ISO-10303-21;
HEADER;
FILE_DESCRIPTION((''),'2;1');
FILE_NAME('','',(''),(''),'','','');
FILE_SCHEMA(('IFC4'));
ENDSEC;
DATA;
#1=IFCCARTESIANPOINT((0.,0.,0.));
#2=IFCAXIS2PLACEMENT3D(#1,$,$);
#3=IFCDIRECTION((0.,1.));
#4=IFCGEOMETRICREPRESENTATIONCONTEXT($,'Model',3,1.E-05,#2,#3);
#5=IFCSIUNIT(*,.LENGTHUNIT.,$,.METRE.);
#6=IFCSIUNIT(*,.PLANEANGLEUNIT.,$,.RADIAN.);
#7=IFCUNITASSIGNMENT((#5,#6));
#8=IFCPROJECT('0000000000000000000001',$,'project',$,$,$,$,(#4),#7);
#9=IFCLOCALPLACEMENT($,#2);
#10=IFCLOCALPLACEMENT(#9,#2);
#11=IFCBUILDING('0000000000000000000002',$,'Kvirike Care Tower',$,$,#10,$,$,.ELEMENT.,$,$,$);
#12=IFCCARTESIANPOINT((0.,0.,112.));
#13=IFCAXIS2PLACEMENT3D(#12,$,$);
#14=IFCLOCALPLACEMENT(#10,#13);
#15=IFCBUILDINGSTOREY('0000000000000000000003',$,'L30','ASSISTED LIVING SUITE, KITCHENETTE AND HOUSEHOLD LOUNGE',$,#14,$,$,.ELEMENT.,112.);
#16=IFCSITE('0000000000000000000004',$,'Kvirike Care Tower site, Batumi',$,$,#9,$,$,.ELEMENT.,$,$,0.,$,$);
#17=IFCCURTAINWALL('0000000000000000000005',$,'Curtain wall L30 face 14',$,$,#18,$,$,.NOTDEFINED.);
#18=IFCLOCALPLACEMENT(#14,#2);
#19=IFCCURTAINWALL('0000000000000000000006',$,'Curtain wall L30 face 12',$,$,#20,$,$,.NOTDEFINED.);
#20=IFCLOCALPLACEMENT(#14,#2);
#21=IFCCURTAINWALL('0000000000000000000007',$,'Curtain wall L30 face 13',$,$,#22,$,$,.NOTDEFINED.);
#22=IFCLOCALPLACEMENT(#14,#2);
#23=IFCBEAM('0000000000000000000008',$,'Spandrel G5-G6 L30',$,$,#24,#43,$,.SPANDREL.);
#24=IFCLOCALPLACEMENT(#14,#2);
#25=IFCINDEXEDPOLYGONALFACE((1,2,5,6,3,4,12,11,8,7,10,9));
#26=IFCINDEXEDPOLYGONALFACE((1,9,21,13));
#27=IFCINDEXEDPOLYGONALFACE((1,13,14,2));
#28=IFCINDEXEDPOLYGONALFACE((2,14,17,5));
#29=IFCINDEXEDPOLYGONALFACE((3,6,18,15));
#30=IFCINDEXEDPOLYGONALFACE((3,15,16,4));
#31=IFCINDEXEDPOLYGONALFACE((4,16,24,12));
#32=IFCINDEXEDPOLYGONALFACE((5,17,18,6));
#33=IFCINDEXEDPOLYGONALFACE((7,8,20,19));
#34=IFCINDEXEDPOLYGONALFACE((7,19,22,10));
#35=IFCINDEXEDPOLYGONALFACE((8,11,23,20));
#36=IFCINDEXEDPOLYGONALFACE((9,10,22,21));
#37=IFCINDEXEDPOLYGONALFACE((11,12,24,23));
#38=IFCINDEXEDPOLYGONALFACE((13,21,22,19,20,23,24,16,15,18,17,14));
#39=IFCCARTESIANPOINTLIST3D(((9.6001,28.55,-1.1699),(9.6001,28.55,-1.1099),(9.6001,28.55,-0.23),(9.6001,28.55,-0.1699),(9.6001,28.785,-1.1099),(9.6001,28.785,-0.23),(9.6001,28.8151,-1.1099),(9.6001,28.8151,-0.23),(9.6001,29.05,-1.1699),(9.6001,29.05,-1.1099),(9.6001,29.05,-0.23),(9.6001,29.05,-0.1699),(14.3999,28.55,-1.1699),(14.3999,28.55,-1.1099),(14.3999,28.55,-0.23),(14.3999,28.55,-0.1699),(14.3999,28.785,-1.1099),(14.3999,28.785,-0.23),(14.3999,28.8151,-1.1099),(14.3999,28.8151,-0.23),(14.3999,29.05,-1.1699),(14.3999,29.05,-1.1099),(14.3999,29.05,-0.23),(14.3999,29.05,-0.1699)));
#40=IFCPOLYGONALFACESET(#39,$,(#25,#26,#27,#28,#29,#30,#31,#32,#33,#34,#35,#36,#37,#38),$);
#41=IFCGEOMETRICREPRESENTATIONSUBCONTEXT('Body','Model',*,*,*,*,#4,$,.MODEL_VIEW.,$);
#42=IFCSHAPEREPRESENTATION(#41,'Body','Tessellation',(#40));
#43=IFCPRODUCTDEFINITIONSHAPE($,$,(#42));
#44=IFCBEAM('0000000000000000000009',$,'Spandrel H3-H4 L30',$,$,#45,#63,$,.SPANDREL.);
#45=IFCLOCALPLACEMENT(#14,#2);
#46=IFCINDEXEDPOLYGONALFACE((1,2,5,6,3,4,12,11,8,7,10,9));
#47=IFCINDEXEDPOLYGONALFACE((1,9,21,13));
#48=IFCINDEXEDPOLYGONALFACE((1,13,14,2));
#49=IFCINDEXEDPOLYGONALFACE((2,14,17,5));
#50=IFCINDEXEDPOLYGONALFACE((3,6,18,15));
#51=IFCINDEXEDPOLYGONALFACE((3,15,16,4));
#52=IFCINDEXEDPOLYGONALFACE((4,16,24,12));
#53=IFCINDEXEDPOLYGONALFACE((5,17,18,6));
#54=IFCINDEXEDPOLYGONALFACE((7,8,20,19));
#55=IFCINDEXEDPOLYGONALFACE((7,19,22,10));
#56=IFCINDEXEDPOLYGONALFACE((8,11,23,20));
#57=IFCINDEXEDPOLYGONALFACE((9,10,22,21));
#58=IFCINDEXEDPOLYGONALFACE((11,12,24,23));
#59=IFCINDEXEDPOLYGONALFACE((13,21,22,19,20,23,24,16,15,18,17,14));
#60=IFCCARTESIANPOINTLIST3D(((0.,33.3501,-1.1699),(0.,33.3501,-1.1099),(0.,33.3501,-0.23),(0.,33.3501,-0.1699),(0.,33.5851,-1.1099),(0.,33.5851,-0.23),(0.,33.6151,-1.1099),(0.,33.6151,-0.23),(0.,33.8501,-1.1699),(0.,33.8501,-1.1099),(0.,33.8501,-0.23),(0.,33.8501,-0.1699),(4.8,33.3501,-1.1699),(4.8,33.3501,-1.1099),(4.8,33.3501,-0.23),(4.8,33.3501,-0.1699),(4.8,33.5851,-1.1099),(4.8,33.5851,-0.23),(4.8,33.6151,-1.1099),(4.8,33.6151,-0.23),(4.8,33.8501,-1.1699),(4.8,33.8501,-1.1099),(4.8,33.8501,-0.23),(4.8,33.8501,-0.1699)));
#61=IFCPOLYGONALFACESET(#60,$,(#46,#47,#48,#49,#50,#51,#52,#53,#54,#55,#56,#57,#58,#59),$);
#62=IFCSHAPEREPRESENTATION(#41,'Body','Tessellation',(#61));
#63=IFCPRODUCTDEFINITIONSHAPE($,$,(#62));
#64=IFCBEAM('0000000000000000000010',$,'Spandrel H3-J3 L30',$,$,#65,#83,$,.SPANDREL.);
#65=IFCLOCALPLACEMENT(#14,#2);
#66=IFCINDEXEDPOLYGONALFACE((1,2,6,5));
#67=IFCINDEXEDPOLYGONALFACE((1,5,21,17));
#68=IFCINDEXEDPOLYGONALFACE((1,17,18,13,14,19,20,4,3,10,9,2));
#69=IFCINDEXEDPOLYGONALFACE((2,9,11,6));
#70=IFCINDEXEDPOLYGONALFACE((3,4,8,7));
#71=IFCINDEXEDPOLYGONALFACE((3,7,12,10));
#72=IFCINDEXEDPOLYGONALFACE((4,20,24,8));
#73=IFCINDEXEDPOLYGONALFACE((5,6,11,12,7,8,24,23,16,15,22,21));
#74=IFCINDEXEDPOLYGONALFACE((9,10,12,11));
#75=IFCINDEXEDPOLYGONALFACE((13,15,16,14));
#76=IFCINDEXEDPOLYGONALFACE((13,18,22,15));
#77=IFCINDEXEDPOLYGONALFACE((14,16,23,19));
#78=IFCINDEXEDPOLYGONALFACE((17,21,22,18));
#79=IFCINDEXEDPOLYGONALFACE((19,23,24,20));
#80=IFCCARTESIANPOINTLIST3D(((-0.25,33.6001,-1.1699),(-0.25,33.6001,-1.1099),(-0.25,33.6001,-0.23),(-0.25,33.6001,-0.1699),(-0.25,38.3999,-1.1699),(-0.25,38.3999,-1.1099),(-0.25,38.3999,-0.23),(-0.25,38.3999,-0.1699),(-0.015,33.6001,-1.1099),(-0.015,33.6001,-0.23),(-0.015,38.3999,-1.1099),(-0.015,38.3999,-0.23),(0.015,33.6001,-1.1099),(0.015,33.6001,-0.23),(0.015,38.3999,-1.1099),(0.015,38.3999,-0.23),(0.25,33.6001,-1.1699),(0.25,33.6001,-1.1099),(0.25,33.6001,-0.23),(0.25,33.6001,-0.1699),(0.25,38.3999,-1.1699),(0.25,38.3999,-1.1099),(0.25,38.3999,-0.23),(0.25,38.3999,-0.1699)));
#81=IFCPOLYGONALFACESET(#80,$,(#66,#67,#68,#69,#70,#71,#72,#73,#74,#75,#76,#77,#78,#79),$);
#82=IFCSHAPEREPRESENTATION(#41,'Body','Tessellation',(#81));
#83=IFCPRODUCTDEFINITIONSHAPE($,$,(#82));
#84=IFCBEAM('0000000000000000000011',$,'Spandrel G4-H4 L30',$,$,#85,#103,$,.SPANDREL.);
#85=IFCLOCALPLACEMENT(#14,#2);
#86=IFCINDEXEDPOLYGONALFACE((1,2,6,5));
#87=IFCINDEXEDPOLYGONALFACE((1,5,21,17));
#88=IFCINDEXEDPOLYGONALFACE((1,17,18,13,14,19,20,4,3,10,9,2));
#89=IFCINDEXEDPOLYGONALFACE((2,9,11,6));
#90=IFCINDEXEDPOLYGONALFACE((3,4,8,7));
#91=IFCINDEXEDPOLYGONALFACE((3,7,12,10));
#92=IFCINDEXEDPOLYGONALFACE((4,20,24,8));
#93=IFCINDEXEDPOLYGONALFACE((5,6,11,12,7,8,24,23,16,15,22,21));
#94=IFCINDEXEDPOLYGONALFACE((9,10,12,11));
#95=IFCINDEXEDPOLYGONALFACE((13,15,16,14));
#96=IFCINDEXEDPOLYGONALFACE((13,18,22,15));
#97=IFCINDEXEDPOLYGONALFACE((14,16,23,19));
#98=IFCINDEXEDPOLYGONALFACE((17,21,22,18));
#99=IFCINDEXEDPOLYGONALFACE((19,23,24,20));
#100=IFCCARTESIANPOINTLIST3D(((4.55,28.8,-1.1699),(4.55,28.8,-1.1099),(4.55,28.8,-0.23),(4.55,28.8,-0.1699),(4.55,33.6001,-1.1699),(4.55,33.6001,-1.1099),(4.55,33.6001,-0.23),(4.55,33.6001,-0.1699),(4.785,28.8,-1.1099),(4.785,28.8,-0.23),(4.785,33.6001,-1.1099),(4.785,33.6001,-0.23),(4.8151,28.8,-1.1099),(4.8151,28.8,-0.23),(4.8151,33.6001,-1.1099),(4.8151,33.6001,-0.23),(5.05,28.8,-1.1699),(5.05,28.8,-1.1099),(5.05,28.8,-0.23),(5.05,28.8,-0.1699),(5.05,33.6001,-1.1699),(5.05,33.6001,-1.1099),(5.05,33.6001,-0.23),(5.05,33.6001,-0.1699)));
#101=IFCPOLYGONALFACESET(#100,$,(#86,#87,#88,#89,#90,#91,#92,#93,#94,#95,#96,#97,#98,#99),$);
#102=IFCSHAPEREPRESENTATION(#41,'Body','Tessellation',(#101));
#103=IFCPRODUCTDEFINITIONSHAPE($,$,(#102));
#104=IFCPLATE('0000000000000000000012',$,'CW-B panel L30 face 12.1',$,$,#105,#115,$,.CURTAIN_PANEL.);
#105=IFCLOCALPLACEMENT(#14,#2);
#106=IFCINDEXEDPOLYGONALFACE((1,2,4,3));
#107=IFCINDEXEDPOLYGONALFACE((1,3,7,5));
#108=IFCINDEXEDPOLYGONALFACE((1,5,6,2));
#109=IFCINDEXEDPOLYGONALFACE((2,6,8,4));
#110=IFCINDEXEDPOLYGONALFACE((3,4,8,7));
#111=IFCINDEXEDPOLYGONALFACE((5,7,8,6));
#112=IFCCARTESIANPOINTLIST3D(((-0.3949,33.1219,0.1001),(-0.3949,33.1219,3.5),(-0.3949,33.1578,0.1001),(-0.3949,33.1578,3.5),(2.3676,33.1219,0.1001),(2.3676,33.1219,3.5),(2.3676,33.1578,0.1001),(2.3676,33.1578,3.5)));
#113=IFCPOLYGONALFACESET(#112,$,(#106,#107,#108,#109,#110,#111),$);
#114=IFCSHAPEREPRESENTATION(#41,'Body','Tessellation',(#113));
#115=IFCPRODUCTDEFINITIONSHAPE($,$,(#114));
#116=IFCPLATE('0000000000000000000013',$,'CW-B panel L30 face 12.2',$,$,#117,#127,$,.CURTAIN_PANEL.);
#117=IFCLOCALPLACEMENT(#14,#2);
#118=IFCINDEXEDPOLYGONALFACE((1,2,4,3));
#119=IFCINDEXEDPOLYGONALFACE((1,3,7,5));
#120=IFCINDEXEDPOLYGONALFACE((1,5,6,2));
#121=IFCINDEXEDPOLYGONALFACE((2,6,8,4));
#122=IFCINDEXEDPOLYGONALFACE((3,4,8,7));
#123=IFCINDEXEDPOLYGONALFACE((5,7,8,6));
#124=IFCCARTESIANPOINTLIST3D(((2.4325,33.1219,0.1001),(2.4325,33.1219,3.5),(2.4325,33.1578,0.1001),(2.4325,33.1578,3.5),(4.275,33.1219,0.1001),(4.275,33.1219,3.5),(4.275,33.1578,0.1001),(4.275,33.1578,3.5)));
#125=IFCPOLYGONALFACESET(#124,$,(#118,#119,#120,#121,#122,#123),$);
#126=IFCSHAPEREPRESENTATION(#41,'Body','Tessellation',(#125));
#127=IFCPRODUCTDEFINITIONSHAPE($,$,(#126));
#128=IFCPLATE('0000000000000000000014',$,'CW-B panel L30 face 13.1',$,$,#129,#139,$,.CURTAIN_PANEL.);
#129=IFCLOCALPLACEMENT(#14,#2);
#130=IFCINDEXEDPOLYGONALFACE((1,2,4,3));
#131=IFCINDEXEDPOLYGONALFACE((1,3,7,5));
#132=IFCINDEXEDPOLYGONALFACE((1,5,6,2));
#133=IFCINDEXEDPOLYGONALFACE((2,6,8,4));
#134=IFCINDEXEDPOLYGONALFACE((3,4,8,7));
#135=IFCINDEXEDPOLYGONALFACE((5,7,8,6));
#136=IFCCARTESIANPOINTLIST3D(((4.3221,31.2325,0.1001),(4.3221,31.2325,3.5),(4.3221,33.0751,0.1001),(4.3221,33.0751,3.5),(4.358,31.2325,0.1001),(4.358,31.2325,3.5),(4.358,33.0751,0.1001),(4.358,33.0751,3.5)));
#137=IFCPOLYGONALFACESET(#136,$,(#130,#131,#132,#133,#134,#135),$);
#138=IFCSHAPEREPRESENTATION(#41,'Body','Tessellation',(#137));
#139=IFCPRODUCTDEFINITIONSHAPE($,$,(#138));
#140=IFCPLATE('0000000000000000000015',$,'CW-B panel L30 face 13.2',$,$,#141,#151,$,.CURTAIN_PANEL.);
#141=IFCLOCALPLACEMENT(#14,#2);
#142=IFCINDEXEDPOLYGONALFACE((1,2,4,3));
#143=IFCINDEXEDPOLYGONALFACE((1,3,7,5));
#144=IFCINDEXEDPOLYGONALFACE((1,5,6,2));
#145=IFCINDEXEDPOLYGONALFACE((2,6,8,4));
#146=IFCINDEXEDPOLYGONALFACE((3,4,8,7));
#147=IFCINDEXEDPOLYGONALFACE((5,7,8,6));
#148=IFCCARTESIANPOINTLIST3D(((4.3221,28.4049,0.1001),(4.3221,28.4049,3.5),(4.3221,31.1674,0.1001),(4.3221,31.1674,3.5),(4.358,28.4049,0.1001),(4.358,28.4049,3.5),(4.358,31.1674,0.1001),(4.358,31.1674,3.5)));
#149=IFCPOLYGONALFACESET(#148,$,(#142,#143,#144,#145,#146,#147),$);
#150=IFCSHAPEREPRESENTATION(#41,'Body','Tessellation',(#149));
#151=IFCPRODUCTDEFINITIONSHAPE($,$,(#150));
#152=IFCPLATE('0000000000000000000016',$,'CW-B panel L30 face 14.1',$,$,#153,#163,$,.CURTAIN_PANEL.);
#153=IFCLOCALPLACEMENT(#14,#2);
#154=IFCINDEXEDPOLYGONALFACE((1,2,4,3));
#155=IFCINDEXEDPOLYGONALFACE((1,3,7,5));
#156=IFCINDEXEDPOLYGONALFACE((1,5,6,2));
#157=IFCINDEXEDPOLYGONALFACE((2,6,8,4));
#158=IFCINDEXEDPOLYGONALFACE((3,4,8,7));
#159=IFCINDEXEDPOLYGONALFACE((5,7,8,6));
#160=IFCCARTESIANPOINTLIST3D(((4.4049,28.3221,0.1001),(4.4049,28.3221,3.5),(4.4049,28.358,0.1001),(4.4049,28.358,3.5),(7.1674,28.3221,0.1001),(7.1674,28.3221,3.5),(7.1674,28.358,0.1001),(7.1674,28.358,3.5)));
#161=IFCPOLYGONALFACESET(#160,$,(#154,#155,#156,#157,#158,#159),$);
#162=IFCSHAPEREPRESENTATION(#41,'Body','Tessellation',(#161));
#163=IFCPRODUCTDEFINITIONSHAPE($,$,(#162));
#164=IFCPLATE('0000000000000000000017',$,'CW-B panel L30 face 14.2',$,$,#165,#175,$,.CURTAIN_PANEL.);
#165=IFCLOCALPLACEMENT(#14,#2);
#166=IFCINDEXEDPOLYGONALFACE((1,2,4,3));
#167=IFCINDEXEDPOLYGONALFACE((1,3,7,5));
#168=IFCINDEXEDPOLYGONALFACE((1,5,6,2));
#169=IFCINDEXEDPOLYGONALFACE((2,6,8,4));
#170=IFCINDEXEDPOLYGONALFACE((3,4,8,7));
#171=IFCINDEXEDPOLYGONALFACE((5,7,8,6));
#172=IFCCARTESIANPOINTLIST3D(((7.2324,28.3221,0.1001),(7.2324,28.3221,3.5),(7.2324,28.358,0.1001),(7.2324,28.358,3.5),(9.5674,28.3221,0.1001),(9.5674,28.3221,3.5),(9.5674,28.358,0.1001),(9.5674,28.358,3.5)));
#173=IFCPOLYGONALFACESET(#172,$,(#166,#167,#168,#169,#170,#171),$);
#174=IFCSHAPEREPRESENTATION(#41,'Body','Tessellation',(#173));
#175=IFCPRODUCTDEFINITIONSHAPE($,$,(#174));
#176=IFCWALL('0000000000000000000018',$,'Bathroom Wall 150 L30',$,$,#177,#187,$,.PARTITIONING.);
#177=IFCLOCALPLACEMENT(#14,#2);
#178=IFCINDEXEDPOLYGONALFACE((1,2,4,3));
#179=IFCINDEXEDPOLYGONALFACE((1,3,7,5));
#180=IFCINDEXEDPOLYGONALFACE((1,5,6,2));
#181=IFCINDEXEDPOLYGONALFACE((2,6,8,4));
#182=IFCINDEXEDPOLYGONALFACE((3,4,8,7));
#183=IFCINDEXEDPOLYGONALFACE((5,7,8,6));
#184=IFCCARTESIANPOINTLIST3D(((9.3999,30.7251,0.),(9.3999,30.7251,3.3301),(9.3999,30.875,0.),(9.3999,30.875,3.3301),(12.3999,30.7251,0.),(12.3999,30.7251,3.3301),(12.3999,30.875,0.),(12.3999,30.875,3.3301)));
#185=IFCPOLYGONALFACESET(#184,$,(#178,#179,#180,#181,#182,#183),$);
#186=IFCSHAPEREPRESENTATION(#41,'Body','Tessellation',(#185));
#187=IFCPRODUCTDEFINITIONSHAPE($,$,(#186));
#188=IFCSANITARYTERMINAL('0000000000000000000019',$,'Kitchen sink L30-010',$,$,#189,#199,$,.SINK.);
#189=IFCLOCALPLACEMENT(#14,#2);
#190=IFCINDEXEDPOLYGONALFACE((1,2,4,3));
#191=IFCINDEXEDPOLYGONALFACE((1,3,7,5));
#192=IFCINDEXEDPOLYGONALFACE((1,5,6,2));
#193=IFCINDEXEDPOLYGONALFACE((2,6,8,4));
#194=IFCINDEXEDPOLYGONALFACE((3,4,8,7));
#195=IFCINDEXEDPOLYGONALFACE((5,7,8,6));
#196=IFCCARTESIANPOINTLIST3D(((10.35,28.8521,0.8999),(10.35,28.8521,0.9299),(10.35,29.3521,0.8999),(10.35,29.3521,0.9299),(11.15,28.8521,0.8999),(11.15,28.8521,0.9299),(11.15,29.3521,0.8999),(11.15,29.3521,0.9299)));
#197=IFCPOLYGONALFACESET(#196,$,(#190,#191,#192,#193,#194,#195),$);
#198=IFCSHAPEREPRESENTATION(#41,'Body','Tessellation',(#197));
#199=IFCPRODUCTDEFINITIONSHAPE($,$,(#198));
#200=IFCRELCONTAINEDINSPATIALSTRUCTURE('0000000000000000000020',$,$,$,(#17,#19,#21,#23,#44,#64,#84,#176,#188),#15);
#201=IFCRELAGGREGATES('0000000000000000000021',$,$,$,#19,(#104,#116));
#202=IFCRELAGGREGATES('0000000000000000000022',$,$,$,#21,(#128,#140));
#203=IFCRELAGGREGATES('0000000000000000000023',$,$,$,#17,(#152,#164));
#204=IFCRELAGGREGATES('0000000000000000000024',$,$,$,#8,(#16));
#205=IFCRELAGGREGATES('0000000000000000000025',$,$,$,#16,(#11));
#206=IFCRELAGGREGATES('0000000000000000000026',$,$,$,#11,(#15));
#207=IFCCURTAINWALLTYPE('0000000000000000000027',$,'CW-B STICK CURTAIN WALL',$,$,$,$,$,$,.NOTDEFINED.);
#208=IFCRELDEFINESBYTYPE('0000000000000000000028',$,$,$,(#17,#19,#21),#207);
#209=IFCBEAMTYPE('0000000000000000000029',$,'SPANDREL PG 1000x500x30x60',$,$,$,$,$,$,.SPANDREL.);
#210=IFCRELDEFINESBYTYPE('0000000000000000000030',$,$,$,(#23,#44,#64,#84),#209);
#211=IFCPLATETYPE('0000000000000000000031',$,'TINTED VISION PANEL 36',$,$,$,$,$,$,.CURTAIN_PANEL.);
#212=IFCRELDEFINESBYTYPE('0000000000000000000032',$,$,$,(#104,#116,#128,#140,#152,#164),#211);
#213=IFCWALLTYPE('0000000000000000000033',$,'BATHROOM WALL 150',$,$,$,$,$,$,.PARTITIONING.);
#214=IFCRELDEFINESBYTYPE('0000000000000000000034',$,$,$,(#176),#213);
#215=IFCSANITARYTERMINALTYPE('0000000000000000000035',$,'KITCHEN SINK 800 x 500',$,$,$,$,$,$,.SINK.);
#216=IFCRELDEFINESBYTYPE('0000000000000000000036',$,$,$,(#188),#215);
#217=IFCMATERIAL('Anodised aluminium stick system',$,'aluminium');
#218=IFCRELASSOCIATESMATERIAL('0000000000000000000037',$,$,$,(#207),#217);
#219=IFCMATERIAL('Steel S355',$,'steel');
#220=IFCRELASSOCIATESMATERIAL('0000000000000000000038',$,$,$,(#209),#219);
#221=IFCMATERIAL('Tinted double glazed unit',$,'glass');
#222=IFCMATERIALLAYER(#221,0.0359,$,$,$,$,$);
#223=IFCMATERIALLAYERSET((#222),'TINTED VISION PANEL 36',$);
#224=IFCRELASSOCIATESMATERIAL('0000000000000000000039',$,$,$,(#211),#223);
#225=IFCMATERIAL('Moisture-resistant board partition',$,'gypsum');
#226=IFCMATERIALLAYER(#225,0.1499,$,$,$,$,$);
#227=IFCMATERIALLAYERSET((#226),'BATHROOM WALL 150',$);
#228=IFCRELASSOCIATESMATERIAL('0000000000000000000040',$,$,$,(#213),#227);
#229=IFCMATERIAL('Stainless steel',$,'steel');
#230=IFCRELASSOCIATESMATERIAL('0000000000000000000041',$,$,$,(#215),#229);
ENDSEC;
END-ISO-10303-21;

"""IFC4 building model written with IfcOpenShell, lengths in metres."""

from ifc_helpers import new_model, si_unit, direction, frame, frame_2d, origin, origin_2d, place, context, subcontext, project, spatial, rectangle, i_section, extrude, material, layer, layer_set, material_profile, profile_set, type_object, element, aggregate, save


model = new_model("IFC4")

# Units and contexts
model_context = context("Model", 3, precision=1e-05, world=origin(), true_north=direction((0.0, 1.0)))
body_context = subcontext(model_context, "Body", "Model", "MODEL_VIEW")
ifc_project = project(units=[si_unit("LENGTHUNIT", "METRE"), si_unit("PLANEANGLEUNIT", "RADIAN")], contexts=[model_context])

# Site, building, storey
site_placement = place(None, origin())
site = spatial("IfcSite", under=ifc_project, at=site_placement, Name="Kvirike Care Tower site, Batumi", CompositionType="ELEMENT", RefElevation=0.0)
building_placement = place(site_placement, origin())
building = spatial("IfcBuilding", under=site, at=building_placement, Name="Kvirike Care Tower", CompositionType="ELEMENT")
storey_placement = place(building_placement, frame((0.0, 0.0, 112.0)))
storey = spatial("IfcBuildingStorey", under=building, at=storey_placement, Name="L30", Description="ASSISTED LIVING SUITE, KITCHENETTE AND HOUSEHOLD LOUNGE", CompositionType="ELEMENT", Elevation=112.0)

# Curtain wall
ifc_material_1 = material(Name="Anodised aluminium stick system", Category="aluminium")
curtain_wall_type = type_object("IfcCurtainWallType", Name="CW-B STICK CURTAIN WALL", PredefinedType="NOTDEFINED", material=ifc_material_1)
curtain_wall_1_placement = place(storey_placement, origin())
curtain_wall_1 = element("IfcCurtainWall", 1, at=curtain_wall_1_placement, inside=storey, type_object=curtain_wall_type, Name="Curtain wall L30 face 14", PredefinedType="NOTDEFINED")

# Curtain walls
curtain_wall_2_placement = place(storey_placement, origin())
curtain_wall_2 = element("IfcCurtainWall", 2, at=curtain_wall_2_placement, inside=storey, type_object=curtain_wall_type, Name="Curtain wall L30 face 12", PredefinedType="NOTDEFINED")
curtain_wall_3_placement = place(storey_placement, origin())
curtain_wall_3 = element("IfcCurtainWall", 3, at=curtain_wall_3_placement, inside=storey, type_object=curtain_wall_type, Name="Curtain wall L30 face 13", PredefinedType="NOTDEFINED")

# Beams
ifc_material_2 = material(Name="Steel S355", Category="steel")
ifc_material_profile_1 = material_profile(ifc_material_2, i_section(OverallWidth=0.5, OverallDepth=1.0, WebThickness=0.03, FlangeThickness=0.0601, at=origin_2d()), Name="PG 1000x500x30x60")
ifc_profile_set_1 = profile_set([ifc_material_profile_1], Name="Steel S355")
beam_type_1 = type_object("IfcBeamType", Name="SPANDREL PG 1000x500x30x60", PredefinedType="SPANDREL", material=ifc_profile_set_1)
beam_1_placement = place(storey_placement, frame((9.6001, 28.8, -0.6699), z_axis=(1.0, 0.0, 0.0), x_axis=(0.0, 1.0, 0.0)))
element("IfcBeam", 4, at=beam_1_placement, inside=storey, type_object=beam_type_1, Name="Spandrel G5-G6 L30", PredefinedType="SPANDREL", context=body_context, shape_type="SweptSolid", body=[
    extrude(i_section(OverallWidth=0.5, OverallDepth=1.0, WebThickness=0.03, FlangeThickness=0.0601, at=origin_2d()), origin(), (0.0, 0.0, 1.0), 4.7998),
])
beam_2_placement = place(storey_placement, frame((0.0, 33.6001, -0.6699), z_axis=(1.0, 0.0, 0.0), x_axis=(0.0, 1.0, 0.0)))
element("IfcBeam", 5, at=beam_2_placement, inside=storey, type_object=beam_type_1, Name="Spandrel H3-H4 L30", PredefinedType="SPANDREL", context=body_context, shape_type="SweptSolid", body=[
    extrude(i_section(OverallWidth=0.5, OverallDepth=1.0, WebThickness=0.03, FlangeThickness=0.0601, at=origin_2d()), origin(), (0.0, 0.0, 1.0), 4.8),
])
beam_3_placement = place(storey_placement, frame((0.0, 33.6001, -0.6699), z_axis=(0.0, 1.0, 0.0), x_axis=(-1.0, 0.0, 0.0)))
element("IfcBeam", 6, at=beam_3_placement, inside=storey, type_object=beam_type_1, Name="Spandrel H3-J3 L30", PredefinedType="SPANDREL", context=body_context, shape_type="SweptSolid", body=[
    extrude(i_section(OverallWidth=0.5, OverallDepth=1.0, WebThickness=0.03, FlangeThickness=0.0601, at=origin_2d()), origin(), (0.0, 0.0, 1.0), 4.7998),
])
beam_4_placement = place(storey_placement, frame((4.8, 28.8, -0.6699), z_axis=(0.0, 1.0, 0.0), x_axis=(-1.0, 0.0, 0.0)))
element("IfcBeam", 7, at=beam_4_placement, inside=storey, type_object=beam_type_1, Name="Spandrel G4-H4 L30", PredefinedType="SPANDREL", context=body_context, shape_type="SweptSolid", body=[
    extrude(i_section(OverallWidth=0.5, OverallDepth=1.0, WebThickness=0.03, FlangeThickness=0.0601, at=origin_2d()), origin(), (0.0, 0.0, 1.0), 4.8),
])

# Plates
ifc_material_3 = material(Name="Tinted double glazed unit", Category="glass")
ifc_layer_1 = layer(ifc_material_3, 0.0359)
ifc_layer_set_1 = layer_set([ifc_layer_1], Name="TINTED VISION PANEL 36")
plate_type = type_object("IfcPlateType", Name="TINTED VISION PANEL 36", PredefinedType="CURTAIN_PANEL", material=ifc_layer_set_1)
plate_1_placement = place(storey_placement, frame((0.9863, 33.1399, 0.1001), z_axis=(0.0, 0.0, 1.0), x_axis=(1.0, 0.0, 0.0)))
plate_1 = element("IfcPlate", 8, at=plate_1_placement, type_object=plate_type, Name="CW-B panel L30 face 12.1", PredefinedType="CURTAIN_PANEL", context=body_context, shape_type="SweptSolid", body=[
    extrude(rectangle(XDim=2.7625, YDim=0.0359, at=origin_2d()), origin(), (0.0, 0.0, 1.0), 3.3999),
])
plate_2_placement = place(storey_placement, frame((3.3538, 33.1399, 0.1001), z_axis=(0.0, 0.0, 1.0), x_axis=(1.0, 0.0, 0.0)))
plate_2 = element("IfcPlate", 9, at=plate_2_placement, type_object=plate_type, Name="CW-B panel L30 face 12.2", PredefinedType="CURTAIN_PANEL", context=body_context, shape_type="SweptSolid", body=[
    extrude(rectangle(XDim=1.8425, YDim=0.0359, at=origin_2d()), origin(), (0.0, 0.0, 1.0), 3.3999),
])
aggregate(curtain_wall_2, [plate_1, plate_2])
plate_3_placement = place(storey_placement, frame((4.3401, 32.1538, 0.1001), z_axis=(0.0, 0.0, 1.0), x_axis=(0.0, -1.0, 0.0)))
plate_3 = element("IfcPlate", 10, at=plate_3_placement, type_object=plate_type, Name="CW-B panel L30 face 13.1", PredefinedType="CURTAIN_PANEL", context=body_context, shape_type="SweptSolid", body=[
    extrude(rectangle(XDim=1.8425, YDim=0.0359, at=origin_2d()), origin(), (0.0, 0.0, 1.0), 3.3999),
])
plate_4_placement = place(storey_placement, frame((4.3401, 29.7861, 0.1001), z_axis=(0.0, 0.0, 1.0), x_axis=(0.0, -1.0, 0.0)))
plate_4 = element("IfcPlate", 11, at=plate_4_placement, type_object=plate_type, Name="CW-B panel L30 face 13.2", PredefinedType="CURTAIN_PANEL", context=body_context, shape_type="SweptSolid", body=[
    extrude(rectangle(XDim=2.7625, YDim=0.0359, at=origin_2d()), origin(), (0.0, 0.0, 1.0), 3.3999),
])
aggregate(curtain_wall_3, [plate_3, plate_4])
plate_5_placement = place(storey_placement, frame((5.7861, 28.3401, 0.1001), z_axis=(0.0, 0.0, 1.0), x_axis=(1.0, 0.0, 0.0)))
plate_5 = element("IfcPlate", 12, at=plate_5_placement, type_object=plate_type, Name="CW-B panel L30 face 14.1", PredefinedType="CURTAIN_PANEL", context=body_context, shape_type="SweptSolid", body=[
    extrude(rectangle(XDim=2.7625, YDim=0.0359, at=origin_2d()), origin(), (0.0, 0.0, 1.0), 3.3999),
])
plate_6_placement = place(storey_placement, frame((8.3999, 28.3401, 0.1001), z_axis=(0.0, 0.0, 1.0), x_axis=(1.0, 0.0, 0.0)))
plate_6 = element("IfcPlate", 13, at=plate_6_placement, type_object=plate_type, Name="CW-B panel L30 face 14.2", PredefinedType="CURTAIN_PANEL", context=body_context, shape_type="SweptSolid", body=[
    extrude(rectangle(XDim=2.335, YDim=0.0359, at=origin_2d()), origin(), (0.0, 0.0, 1.0), 3.3999),
])
aggregate(curtain_wall_1, [plate_5, plate_6])

# Wall
ifc_material_4 = material(Name="Moisture-resistant board partition", Category="gypsum")
ifc_layer_2 = layer(ifc_material_4, 0.1499)
ifc_layer_set_2 = layer_set([ifc_layer_2], Name="BATHROOM WALL 150")
wall_type = type_object("IfcWallType", Name="BATHROOM WALL 150", PredefinedType="PARTITIONING", material=ifc_layer_set_2)
wall_placement = place(storey_placement, frame((9.3999, 30.8, 0.0), z_axis=(0.0, 0.0, 1.0), x_axis=(1.0, 0.0, 0.0)))
element("IfcWall", 14, at=wall_placement, inside=storey, type_object=wall_type, Name="Bathroom Wall 150 L30", PredefinedType="PARTITIONING", context=body_context, shape_type="SweptSolid", body=[
    extrude(rectangle(XDim=3.0, YDim=0.1499, at=frame_2d((1.5, 0.0))), origin(), (0.0, 0.0, 1.0), 3.3301),
])

# Sanitary terminal
ifc_material_5 = material(Name="Stainless steel", Category="steel")
sanitary_terminal_type_1 = type_object("IfcSanitaryTerminalType", Name="KITCHEN SINK 800 x 500", PredefinedType="SINK", material=ifc_material_5)
sanitary_terminal_1_placement = place(storey_placement, frame((10.75, 29.1021, 0.8999), z_axis=(0.0, 0.0, 1.0), x_axis=(-1.0, 0.0, 0.0)))
element("IfcSanitaryTerminal", 15, at=sanitary_terminal_1_placement, inside=storey, type_object=sanitary_terminal_type_1, Name="Kitchen sink L30-010", PredefinedType="SINK", context=body_context, shape_type="SweptSolid", body=[
    extrude(rectangle(XDim=0.8, YDim=0.5, at=origin_2d()), origin(), (0.0, 0.0, 1.0), 0.03),
])

save(model, "model.ifc")
